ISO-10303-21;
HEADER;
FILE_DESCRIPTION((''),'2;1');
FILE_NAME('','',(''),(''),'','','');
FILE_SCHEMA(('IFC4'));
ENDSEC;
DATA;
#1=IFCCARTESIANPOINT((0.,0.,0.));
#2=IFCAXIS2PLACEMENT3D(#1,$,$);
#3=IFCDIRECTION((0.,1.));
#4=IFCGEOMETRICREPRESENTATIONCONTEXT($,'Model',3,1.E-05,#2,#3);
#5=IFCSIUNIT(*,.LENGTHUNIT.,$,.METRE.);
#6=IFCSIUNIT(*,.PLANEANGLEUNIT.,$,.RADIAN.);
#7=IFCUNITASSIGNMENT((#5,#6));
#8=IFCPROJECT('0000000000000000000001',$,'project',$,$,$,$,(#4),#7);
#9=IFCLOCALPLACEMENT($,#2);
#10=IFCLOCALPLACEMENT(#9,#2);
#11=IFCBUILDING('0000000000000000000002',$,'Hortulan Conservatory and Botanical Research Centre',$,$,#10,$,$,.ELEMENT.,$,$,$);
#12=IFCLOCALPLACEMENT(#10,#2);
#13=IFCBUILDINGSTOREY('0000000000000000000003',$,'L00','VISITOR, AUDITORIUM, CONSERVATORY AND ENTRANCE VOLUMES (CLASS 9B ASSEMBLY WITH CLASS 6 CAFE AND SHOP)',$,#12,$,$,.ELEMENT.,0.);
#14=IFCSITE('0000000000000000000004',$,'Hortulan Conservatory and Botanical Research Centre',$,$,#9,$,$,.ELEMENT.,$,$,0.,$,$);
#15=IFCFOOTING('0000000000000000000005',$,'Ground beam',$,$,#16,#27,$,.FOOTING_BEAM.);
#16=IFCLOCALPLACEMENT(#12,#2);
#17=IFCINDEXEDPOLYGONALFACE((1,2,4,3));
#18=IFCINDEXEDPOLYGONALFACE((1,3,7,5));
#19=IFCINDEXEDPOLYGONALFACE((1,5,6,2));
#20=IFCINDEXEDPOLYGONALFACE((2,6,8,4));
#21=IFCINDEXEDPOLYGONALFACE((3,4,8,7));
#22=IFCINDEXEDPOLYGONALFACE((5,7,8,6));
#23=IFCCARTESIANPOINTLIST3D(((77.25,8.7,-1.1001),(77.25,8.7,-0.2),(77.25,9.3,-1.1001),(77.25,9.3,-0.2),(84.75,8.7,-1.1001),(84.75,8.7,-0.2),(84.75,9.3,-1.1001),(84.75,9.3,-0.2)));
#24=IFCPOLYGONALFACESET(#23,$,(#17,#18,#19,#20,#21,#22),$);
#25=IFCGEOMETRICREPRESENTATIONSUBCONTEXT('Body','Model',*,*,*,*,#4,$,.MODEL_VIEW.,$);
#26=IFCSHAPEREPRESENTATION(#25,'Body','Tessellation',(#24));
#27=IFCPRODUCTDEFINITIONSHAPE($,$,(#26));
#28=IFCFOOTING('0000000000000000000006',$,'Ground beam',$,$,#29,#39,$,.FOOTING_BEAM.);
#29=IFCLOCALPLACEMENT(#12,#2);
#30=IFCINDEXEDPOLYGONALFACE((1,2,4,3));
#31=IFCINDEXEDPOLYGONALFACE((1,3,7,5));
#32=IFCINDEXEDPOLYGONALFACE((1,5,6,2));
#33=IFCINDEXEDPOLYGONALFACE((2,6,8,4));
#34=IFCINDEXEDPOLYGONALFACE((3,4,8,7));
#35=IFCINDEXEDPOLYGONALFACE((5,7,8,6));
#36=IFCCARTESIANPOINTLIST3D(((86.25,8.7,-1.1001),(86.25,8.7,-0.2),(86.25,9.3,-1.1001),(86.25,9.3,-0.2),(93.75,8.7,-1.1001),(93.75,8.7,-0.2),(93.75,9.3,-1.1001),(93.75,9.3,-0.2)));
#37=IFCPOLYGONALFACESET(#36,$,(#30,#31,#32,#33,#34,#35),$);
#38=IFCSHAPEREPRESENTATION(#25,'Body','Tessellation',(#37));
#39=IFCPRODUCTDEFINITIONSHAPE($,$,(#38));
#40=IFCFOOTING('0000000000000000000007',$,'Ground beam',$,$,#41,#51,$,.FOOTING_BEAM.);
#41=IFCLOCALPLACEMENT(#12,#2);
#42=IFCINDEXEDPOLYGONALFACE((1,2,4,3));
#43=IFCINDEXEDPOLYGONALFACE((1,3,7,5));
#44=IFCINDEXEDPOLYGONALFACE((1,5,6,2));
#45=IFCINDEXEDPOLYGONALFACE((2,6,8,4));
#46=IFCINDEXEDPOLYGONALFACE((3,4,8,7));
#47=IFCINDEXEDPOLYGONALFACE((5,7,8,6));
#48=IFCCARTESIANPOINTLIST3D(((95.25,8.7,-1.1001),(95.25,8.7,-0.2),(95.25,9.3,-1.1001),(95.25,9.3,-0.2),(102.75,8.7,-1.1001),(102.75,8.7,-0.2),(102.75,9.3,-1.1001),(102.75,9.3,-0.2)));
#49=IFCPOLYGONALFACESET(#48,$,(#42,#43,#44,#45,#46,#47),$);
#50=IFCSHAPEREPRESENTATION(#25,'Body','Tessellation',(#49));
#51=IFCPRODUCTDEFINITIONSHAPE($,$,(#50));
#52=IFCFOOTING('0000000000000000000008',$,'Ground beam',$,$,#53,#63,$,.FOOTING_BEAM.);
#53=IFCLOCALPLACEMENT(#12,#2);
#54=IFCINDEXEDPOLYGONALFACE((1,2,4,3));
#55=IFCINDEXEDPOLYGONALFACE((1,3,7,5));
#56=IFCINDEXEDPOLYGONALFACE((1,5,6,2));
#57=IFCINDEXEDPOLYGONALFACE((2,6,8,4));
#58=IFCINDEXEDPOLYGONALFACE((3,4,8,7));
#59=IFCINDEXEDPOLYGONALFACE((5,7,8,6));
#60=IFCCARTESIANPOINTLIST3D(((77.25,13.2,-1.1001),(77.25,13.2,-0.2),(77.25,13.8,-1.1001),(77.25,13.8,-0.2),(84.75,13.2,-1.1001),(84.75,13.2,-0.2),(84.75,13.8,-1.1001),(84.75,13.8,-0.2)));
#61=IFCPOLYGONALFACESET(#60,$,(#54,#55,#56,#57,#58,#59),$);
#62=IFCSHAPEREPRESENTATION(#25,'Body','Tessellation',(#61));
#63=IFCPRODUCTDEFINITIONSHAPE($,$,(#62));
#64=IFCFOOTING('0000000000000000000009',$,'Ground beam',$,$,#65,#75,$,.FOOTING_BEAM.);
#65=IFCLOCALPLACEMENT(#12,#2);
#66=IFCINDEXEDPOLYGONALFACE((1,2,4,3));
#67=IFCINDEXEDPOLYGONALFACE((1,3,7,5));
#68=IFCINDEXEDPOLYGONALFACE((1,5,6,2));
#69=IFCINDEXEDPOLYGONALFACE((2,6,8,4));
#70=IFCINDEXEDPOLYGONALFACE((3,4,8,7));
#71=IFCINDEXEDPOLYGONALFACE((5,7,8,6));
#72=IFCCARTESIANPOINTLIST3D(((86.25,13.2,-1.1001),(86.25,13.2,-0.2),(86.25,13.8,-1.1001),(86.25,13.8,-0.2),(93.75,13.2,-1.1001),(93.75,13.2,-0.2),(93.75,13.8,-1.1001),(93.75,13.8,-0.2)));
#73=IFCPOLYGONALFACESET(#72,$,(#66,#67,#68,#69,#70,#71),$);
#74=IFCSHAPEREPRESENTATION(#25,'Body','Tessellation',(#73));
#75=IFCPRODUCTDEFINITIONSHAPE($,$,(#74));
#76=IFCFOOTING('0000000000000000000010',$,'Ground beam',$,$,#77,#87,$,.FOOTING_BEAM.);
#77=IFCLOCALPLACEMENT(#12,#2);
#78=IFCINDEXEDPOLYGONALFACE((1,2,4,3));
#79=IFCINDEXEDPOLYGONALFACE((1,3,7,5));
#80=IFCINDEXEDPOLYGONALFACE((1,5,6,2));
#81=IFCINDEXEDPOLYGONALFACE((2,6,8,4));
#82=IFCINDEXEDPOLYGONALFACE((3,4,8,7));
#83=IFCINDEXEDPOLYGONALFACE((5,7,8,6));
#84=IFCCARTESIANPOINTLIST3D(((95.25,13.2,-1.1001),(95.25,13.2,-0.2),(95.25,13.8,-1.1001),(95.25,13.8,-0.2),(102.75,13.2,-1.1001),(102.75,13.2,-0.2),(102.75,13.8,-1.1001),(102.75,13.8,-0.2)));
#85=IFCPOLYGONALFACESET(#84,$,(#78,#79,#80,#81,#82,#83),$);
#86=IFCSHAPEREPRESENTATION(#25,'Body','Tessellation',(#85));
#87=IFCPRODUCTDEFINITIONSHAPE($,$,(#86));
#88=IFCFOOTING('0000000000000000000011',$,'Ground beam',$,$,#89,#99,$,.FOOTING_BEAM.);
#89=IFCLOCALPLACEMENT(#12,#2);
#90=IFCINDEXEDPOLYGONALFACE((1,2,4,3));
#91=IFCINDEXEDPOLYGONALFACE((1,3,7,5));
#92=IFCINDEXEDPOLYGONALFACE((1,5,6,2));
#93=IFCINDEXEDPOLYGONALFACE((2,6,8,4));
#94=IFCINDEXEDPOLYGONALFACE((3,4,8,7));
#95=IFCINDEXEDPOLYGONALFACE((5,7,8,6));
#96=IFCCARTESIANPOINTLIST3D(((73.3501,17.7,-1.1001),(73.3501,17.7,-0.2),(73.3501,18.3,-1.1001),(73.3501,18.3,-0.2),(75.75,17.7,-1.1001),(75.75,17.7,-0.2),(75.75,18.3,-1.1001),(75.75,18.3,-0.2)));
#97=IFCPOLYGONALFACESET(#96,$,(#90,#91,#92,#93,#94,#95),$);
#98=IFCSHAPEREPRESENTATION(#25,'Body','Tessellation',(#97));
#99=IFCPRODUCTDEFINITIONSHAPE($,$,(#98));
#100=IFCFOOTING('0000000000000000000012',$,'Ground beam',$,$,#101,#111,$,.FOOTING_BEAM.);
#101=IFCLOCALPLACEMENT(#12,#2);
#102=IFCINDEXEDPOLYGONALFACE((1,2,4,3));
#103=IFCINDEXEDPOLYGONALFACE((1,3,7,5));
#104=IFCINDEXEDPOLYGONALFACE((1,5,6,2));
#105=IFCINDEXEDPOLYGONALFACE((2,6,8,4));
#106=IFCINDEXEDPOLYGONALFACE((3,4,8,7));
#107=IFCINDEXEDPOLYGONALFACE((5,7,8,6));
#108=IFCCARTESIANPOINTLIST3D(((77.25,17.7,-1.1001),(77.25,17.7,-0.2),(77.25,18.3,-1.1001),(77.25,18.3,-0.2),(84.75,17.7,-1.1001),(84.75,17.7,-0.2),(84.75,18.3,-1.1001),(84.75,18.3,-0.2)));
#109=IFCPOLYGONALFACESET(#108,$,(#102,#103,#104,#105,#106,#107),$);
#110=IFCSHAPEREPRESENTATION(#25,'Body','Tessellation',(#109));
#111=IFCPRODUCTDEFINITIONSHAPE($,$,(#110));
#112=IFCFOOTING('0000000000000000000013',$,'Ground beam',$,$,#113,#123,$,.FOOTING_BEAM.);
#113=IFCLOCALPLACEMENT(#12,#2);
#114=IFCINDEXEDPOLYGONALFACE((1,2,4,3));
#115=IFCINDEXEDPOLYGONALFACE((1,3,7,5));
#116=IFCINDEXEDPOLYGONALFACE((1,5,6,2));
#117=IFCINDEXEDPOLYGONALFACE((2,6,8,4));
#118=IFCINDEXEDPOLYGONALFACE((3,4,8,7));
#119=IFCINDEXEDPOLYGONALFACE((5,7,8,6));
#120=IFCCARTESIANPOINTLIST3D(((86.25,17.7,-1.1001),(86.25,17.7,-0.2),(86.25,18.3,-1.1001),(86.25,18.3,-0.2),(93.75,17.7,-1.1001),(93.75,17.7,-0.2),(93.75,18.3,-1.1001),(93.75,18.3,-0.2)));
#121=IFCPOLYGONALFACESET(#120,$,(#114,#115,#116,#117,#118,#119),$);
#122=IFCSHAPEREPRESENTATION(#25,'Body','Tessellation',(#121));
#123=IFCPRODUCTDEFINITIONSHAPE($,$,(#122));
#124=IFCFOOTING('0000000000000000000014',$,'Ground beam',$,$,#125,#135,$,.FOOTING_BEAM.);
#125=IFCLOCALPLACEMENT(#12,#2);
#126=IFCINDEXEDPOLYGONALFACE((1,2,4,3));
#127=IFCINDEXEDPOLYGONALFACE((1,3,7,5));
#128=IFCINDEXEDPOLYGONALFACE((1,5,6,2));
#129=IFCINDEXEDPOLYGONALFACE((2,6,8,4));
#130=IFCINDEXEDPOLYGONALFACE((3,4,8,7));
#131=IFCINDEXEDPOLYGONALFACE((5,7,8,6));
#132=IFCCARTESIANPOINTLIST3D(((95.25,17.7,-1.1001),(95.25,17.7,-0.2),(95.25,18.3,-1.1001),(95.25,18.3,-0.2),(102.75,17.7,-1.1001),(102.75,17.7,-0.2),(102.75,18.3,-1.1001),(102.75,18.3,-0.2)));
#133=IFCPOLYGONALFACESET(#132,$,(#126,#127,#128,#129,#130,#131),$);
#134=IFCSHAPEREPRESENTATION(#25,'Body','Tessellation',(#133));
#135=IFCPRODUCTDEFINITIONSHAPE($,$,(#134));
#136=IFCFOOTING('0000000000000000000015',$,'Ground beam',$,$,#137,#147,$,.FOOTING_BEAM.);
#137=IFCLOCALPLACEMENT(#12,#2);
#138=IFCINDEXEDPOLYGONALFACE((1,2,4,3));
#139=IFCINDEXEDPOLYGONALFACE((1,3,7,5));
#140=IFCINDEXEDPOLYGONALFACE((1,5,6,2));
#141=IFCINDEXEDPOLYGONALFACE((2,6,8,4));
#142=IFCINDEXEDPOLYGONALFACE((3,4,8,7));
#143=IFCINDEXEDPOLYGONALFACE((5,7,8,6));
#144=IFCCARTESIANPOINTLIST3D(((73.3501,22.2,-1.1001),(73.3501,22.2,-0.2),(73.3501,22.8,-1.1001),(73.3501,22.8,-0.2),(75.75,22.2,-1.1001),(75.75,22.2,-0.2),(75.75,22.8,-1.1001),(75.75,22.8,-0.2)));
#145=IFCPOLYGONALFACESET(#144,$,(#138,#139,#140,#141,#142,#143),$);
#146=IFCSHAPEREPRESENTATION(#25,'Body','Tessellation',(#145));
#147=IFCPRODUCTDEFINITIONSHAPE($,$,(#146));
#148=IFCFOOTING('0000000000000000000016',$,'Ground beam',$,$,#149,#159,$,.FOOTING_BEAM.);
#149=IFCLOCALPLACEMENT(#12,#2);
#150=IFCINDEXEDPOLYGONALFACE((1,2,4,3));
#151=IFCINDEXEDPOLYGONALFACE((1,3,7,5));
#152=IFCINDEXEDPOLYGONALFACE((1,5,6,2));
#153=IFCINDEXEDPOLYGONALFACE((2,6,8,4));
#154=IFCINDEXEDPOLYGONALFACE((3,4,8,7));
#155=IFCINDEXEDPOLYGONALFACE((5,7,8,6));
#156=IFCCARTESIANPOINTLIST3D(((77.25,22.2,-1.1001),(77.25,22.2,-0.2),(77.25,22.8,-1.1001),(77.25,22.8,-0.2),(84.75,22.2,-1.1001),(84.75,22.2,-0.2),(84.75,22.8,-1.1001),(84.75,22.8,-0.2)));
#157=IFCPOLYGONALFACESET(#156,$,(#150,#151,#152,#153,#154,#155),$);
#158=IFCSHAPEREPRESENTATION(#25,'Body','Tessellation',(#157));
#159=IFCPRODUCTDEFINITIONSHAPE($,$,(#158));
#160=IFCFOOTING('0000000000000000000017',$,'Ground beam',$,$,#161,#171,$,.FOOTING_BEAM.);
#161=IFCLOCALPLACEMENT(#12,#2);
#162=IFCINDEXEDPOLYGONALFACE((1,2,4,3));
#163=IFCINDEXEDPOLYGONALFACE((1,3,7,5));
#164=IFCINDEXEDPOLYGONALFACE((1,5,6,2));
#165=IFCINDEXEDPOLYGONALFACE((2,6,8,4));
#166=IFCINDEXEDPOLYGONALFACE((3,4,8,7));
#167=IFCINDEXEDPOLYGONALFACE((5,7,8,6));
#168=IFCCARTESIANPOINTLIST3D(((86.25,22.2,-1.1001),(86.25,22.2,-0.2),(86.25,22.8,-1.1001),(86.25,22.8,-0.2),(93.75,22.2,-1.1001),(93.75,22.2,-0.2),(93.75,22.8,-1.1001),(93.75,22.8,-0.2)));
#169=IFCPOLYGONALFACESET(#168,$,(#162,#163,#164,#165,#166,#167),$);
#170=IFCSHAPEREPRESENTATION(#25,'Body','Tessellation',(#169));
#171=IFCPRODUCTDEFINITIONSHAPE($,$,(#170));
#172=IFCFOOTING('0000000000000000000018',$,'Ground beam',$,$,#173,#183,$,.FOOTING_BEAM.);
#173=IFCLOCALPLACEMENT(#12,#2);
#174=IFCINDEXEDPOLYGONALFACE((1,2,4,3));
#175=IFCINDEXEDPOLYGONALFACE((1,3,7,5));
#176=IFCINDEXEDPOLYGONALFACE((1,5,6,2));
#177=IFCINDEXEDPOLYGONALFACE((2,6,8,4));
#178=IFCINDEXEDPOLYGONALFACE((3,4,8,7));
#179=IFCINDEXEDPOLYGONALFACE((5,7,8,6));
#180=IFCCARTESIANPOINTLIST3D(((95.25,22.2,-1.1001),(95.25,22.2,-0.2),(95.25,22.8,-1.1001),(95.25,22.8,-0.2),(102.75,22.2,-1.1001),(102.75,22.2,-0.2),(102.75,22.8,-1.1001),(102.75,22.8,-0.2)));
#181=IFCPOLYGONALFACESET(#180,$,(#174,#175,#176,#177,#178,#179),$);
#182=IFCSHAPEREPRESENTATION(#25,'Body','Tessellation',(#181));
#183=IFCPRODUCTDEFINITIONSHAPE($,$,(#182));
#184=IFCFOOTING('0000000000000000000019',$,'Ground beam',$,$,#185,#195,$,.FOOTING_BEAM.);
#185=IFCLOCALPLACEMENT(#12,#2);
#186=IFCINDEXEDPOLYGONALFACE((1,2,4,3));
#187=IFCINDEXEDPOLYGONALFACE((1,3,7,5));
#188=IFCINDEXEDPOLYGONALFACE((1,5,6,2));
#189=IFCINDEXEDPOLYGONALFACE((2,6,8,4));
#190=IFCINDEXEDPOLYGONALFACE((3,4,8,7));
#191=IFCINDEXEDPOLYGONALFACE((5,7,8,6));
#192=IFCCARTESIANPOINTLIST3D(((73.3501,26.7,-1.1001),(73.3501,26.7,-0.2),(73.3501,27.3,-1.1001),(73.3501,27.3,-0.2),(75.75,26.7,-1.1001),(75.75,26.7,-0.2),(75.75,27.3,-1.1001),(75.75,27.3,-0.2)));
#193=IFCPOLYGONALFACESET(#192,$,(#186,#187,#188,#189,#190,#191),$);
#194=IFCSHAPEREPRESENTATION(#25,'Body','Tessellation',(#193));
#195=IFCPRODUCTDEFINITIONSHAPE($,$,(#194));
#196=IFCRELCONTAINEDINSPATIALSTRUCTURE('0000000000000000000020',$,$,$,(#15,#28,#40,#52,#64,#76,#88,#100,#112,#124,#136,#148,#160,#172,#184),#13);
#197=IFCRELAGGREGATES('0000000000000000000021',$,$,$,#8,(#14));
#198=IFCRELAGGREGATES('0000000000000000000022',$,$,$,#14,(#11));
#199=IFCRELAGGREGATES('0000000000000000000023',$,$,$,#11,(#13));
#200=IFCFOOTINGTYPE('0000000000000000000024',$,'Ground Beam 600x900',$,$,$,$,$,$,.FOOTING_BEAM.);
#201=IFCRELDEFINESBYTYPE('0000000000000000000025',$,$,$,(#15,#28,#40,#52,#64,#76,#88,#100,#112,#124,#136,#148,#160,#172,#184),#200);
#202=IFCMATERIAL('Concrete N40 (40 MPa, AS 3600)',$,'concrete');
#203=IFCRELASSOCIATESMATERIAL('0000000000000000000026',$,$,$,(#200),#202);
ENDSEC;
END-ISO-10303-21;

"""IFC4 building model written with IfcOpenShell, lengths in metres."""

from ifc_helpers import new_model, si_unit, direction, frame, origin, place, context, subcontext, project, spatial, polyline, outline, extrude, material, type_object, element, save


model = new_model("IFC4")

# Units and contexts
model_context = context("Model", 3, precision=1e-05, world=origin(), true_north=direction((0.0, 1.0)))
body_context = subcontext(model_context, "Body", "Model", "MODEL_VIEW")
ifc_project = project(units=[si_unit("LENGTHUNIT", "METRE"), si_unit("PLANEANGLEUNIT", "RADIAN")], contexts=[model_context])

# Site, building, storey
site_placement = place(None, origin())
site = spatial("IfcSite", under=ifc_project, at=site_placement, Name="Hortulan Conservatory and Botanical Research Centre", CompositionType="ELEMENT", RefElevation=0.0)
building_placement = place(site_placement, origin())
building = spatial("IfcBuilding", under=site, at=building_placement, Name="Hortulan Conservatory and Botanical Research Centre", CompositionType="ELEMENT")
storey_placement = place(building_placement, origin())
storey = spatial("IfcBuildingStorey", under=building, at=storey_placement, Name="L00", Description="VISITOR, AUDITORIUM, CONSERVATORY AND ENTRANCE VOLUMES (CLASS 9B ASSEMBLY WITH CLASS 6 CAFE AND SHOP)", CompositionType="ELEMENT", Elevation=0.0)

# Footings
ifc_material = material(Name="Concrete N40 (40 MPa, AS 3600)", Category="concrete")
footing_type = type_object("IfcFootingType", Name="Ground Beam 600x900", PredefinedType="FOOTING_BEAM", material=ifc_material)
footing_1_placement = place(storey_placement, frame((0.0, 0.0, -1.1001)))
element("IfcFooting", 1, at=footing_1_placement, inside=storey, type_object=footing_type, Name="Ground beam", PredefinedType="FOOTING_BEAM", context=body_context, shape_type="SweptSolid", body=[
    extrude(outline(polyline([(84.75, 8.7), (84.75, 9.3), (77.25, 9.3), (77.25, 8.7), (84.75, 8.7)])), origin(), (0.0, 0.0, 1.0), 0.9001),
])
footing_2_placement = place(storey_placement, frame((0.0, 0.0, -1.1001)))
element("IfcFooting", 2, at=footing_2_placement, inside=storey, type_object=footing_type, Name="Ground beam", PredefinedType="FOOTING_BEAM", context=body_context, shape_type="SweptSolid", body=[
    extrude(outline(polyline([(93.75, 8.7), (93.75, 9.3), (86.25, 9.3), (86.25, 8.7), (93.75, 8.7)])), origin(), (0.0, 0.0, 1.0), 0.9001),
])
footing_3_placement = place(storey_placement, frame((0.0, 0.0, -1.1001)))
element("IfcFooting", 3, at=footing_3_placement, inside=storey, type_object=footing_type, Name="Ground beam", PredefinedType="FOOTING_BEAM", context=body_context, shape_type="SweptSolid", body=[
    extrude(outline(polyline([(102.75, 8.7), (102.75, 9.3), (95.25, 9.3), (95.25, 8.7), (102.75, 8.7)])), origin(), (0.0, 0.0, 1.0), 0.9001),
])
footing_4_placement = place(storey_placement, frame((0.0, 0.0, -1.1001)))
element("IfcFooting", 4, at=footing_4_placement, inside=storey, type_object=footing_type, Name="Ground beam", PredefinedType="FOOTING_BEAM", context=body_context, shape_type="SweptSolid", body=[
    extrude(outline(polyline([(84.75, 13.2), (84.75, 13.8), (77.25, 13.8), (77.25, 13.2), (84.75, 13.2)])), origin(), (0.0, 0.0, 1.0), 0.9001),
])
footing_5_placement = place(storey_placement, frame((0.0, 0.0, -1.1001)))
element("IfcFooting", 5, at=footing_5_placement, inside=storey, type_object=footing_type, Name="Ground beam", PredefinedType="FOOTING_BEAM", context=body_context, shape_type="SweptSolid", body=[
    extrude(outline(polyline([(93.75, 13.2), (93.75, 13.8), (86.25, 13.8), (86.25, 13.2), (93.75, 13.2)])), origin(), (0.0, 0.0, 1.0), 0.9001),
])
footing_6_placement = place(storey_placement, frame((0.0, 0.0, -1.1001)))
element("IfcFooting", 6, at=footing_6_placement, inside=storey, type_object=footing_type, Name="Ground beam", PredefinedType="FOOTING_BEAM", context=body_context, shape_type="SweptSolid", body=[
    extrude(outline(polyline([(102.75, 13.2), (102.75, 13.8), (95.25, 13.8), (95.25, 13.2), (102.75, 13.2)])), origin(), (0.0, 0.0, 1.0), 0.9001),
])
footing_7_placement = place(storey_placement, frame((0.0, 0.0, -1.1001)))
element("IfcFooting", 7, at=footing_7_placement, inside=storey, type_object=footing_type, Name="Ground beam", PredefinedType="FOOTING_BEAM", context=body_context, shape_type="SweptSolid", body=[
    extrude(outline(polyline([(75.75, 17.7), (75.75, 18.3), (73.3501, 18.3), (73.3501, 17.7), (75.75, 17.7)])), origin(), (0.0, 0.0, 1.0), 0.9001),
])
footing_8_placement = place(storey_placement, frame((0.0, 0.0, -1.1001)))
element("IfcFooting", 8, at=footing_8_placement, inside=storey, type_object=footing_type, Name="Ground beam", PredefinedType="FOOTING_BEAM", context=body_context, shape_type="SweptSolid", body=[
    extrude(outline(polyline([(84.75, 17.7), (84.75, 18.3), (77.25, 18.3), (77.25, 17.7), (84.75, 17.7)])), origin(), (0.0, 0.0, 1.0), 0.9001),
])
footing_9_placement = place(storey_placement, frame((0.0, 0.0, -1.1001)))
element("IfcFooting", 9, at=footing_9_placement, inside=storey, type_object=footing_type, Name="Ground beam", PredefinedType="FOOTING_BEAM", context=body_context, shape_type="SweptSolid", body=[
    extrude(outline(polyline([(93.75, 17.7), (93.75, 18.3), (86.25, 18.3), (86.25, 17.7), (93.75, 17.7)])), origin(), (0.0, 0.0, 1.0), 0.9001),
])
footing_10_placement = place(storey_placement, frame((0.0, 0.0, -1.1001)))
element("IfcFooting", 10, at=footing_10_placement, inside=storey, type_object=footing_type, Name="Ground beam", PredefinedType="FOOTING_BEAM", context=body_context, shape_type="SweptSolid", body=[
    extrude(outline(polyline([(102.75, 17.7), (102.75, 18.3), (95.25, 18.3), (95.25, 17.7), (102.75, 17.7)])), origin(), (0.0, 0.0, 1.0), 0.9001),
])
footing_11_placement = place(storey_placement, frame((0.0, 0.0, -1.1001)))
element("IfcFooting", 11, at=footing_11_placement, inside=storey, type_object=footing_type, Name="Ground beam", PredefinedType="FOOTING_BEAM", context=body_context, shape_type="SweptSolid", body=[
    extrude(outline(polyline([(75.75, 22.2), (75.75, 22.8), (73.3501, 22.8), (73.3501, 22.2), (75.75, 22.2)])), origin(), (0.0, 0.0, 1.0), 0.9001),
])
footing_12_placement = place(storey_placement, frame((0.0, 0.0, -1.1001)))
element("IfcFooting", 12, at=footing_12_placement, inside=storey, type_object=footing_type, Name="Ground beam", PredefinedType="FOOTING_BEAM", context=body_context, shape_type="SweptSolid", body=[
    extrude(outline(polyline([(84.75, 22.2), (84.75, 22.8), (77.25, 22.8), (77.25, 22.2), (84.75, 22.2)])), origin(), (0.0, 0.0, 1.0), 0.9001),
])
footing_13_placement = place(storey_placement, frame((0.0, 0.0, -1.1001)))
element("IfcFooting", 13, at=footing_13_placement, inside=storey, type_object=footing_type, Name="Ground beam", PredefinedType="FOOTING_BEAM", context=body_context, shape_type="SweptSolid", body=[
    extrude(outline(polyline([(93.75, 22.2), (93.75, 22.8), (86.25, 22.8), (86.25, 22.2), (93.75, 22.2)])), origin(), (0.0, 0.0, 1.0), 0.9001),
])
footing_14_placement = place(storey_placement, frame((0.0, 0.0, -1.1001)))
element("IfcFooting", 14, at=footing_14_placement, inside=storey, type_object=footing_type, Name="Ground beam", PredefinedType="FOOTING_BEAM", context=body_context, shape_type="SweptSolid", body=[
    extrude(outline(polyline([(102.75, 22.2), (102.75, 22.8), (95.25, 22.8), (95.25, 22.2), (102.75, 22.2)])), origin(), (0.0, 0.0, 1.0), 0.9001),
])
footing_15_placement = place(storey_placement, frame((0.0, 0.0, -1.1001)))
element("IfcFooting", 15, at=footing_15_placement, inside=storey, type_object=footing_type, Name="Ground beam", PredefinedType="FOOTING_BEAM", context=body_context, shape_type="SweptSolid", body=[
    extrude(outline(polyline([(75.75, 26.7), (75.75, 27.3), (73.3501, 27.3), (73.3501, 26.7), (75.75, 26.7)])), origin(), (0.0, 0.0, 1.0), 0.9001),
])

save(model, "model.ifc")
